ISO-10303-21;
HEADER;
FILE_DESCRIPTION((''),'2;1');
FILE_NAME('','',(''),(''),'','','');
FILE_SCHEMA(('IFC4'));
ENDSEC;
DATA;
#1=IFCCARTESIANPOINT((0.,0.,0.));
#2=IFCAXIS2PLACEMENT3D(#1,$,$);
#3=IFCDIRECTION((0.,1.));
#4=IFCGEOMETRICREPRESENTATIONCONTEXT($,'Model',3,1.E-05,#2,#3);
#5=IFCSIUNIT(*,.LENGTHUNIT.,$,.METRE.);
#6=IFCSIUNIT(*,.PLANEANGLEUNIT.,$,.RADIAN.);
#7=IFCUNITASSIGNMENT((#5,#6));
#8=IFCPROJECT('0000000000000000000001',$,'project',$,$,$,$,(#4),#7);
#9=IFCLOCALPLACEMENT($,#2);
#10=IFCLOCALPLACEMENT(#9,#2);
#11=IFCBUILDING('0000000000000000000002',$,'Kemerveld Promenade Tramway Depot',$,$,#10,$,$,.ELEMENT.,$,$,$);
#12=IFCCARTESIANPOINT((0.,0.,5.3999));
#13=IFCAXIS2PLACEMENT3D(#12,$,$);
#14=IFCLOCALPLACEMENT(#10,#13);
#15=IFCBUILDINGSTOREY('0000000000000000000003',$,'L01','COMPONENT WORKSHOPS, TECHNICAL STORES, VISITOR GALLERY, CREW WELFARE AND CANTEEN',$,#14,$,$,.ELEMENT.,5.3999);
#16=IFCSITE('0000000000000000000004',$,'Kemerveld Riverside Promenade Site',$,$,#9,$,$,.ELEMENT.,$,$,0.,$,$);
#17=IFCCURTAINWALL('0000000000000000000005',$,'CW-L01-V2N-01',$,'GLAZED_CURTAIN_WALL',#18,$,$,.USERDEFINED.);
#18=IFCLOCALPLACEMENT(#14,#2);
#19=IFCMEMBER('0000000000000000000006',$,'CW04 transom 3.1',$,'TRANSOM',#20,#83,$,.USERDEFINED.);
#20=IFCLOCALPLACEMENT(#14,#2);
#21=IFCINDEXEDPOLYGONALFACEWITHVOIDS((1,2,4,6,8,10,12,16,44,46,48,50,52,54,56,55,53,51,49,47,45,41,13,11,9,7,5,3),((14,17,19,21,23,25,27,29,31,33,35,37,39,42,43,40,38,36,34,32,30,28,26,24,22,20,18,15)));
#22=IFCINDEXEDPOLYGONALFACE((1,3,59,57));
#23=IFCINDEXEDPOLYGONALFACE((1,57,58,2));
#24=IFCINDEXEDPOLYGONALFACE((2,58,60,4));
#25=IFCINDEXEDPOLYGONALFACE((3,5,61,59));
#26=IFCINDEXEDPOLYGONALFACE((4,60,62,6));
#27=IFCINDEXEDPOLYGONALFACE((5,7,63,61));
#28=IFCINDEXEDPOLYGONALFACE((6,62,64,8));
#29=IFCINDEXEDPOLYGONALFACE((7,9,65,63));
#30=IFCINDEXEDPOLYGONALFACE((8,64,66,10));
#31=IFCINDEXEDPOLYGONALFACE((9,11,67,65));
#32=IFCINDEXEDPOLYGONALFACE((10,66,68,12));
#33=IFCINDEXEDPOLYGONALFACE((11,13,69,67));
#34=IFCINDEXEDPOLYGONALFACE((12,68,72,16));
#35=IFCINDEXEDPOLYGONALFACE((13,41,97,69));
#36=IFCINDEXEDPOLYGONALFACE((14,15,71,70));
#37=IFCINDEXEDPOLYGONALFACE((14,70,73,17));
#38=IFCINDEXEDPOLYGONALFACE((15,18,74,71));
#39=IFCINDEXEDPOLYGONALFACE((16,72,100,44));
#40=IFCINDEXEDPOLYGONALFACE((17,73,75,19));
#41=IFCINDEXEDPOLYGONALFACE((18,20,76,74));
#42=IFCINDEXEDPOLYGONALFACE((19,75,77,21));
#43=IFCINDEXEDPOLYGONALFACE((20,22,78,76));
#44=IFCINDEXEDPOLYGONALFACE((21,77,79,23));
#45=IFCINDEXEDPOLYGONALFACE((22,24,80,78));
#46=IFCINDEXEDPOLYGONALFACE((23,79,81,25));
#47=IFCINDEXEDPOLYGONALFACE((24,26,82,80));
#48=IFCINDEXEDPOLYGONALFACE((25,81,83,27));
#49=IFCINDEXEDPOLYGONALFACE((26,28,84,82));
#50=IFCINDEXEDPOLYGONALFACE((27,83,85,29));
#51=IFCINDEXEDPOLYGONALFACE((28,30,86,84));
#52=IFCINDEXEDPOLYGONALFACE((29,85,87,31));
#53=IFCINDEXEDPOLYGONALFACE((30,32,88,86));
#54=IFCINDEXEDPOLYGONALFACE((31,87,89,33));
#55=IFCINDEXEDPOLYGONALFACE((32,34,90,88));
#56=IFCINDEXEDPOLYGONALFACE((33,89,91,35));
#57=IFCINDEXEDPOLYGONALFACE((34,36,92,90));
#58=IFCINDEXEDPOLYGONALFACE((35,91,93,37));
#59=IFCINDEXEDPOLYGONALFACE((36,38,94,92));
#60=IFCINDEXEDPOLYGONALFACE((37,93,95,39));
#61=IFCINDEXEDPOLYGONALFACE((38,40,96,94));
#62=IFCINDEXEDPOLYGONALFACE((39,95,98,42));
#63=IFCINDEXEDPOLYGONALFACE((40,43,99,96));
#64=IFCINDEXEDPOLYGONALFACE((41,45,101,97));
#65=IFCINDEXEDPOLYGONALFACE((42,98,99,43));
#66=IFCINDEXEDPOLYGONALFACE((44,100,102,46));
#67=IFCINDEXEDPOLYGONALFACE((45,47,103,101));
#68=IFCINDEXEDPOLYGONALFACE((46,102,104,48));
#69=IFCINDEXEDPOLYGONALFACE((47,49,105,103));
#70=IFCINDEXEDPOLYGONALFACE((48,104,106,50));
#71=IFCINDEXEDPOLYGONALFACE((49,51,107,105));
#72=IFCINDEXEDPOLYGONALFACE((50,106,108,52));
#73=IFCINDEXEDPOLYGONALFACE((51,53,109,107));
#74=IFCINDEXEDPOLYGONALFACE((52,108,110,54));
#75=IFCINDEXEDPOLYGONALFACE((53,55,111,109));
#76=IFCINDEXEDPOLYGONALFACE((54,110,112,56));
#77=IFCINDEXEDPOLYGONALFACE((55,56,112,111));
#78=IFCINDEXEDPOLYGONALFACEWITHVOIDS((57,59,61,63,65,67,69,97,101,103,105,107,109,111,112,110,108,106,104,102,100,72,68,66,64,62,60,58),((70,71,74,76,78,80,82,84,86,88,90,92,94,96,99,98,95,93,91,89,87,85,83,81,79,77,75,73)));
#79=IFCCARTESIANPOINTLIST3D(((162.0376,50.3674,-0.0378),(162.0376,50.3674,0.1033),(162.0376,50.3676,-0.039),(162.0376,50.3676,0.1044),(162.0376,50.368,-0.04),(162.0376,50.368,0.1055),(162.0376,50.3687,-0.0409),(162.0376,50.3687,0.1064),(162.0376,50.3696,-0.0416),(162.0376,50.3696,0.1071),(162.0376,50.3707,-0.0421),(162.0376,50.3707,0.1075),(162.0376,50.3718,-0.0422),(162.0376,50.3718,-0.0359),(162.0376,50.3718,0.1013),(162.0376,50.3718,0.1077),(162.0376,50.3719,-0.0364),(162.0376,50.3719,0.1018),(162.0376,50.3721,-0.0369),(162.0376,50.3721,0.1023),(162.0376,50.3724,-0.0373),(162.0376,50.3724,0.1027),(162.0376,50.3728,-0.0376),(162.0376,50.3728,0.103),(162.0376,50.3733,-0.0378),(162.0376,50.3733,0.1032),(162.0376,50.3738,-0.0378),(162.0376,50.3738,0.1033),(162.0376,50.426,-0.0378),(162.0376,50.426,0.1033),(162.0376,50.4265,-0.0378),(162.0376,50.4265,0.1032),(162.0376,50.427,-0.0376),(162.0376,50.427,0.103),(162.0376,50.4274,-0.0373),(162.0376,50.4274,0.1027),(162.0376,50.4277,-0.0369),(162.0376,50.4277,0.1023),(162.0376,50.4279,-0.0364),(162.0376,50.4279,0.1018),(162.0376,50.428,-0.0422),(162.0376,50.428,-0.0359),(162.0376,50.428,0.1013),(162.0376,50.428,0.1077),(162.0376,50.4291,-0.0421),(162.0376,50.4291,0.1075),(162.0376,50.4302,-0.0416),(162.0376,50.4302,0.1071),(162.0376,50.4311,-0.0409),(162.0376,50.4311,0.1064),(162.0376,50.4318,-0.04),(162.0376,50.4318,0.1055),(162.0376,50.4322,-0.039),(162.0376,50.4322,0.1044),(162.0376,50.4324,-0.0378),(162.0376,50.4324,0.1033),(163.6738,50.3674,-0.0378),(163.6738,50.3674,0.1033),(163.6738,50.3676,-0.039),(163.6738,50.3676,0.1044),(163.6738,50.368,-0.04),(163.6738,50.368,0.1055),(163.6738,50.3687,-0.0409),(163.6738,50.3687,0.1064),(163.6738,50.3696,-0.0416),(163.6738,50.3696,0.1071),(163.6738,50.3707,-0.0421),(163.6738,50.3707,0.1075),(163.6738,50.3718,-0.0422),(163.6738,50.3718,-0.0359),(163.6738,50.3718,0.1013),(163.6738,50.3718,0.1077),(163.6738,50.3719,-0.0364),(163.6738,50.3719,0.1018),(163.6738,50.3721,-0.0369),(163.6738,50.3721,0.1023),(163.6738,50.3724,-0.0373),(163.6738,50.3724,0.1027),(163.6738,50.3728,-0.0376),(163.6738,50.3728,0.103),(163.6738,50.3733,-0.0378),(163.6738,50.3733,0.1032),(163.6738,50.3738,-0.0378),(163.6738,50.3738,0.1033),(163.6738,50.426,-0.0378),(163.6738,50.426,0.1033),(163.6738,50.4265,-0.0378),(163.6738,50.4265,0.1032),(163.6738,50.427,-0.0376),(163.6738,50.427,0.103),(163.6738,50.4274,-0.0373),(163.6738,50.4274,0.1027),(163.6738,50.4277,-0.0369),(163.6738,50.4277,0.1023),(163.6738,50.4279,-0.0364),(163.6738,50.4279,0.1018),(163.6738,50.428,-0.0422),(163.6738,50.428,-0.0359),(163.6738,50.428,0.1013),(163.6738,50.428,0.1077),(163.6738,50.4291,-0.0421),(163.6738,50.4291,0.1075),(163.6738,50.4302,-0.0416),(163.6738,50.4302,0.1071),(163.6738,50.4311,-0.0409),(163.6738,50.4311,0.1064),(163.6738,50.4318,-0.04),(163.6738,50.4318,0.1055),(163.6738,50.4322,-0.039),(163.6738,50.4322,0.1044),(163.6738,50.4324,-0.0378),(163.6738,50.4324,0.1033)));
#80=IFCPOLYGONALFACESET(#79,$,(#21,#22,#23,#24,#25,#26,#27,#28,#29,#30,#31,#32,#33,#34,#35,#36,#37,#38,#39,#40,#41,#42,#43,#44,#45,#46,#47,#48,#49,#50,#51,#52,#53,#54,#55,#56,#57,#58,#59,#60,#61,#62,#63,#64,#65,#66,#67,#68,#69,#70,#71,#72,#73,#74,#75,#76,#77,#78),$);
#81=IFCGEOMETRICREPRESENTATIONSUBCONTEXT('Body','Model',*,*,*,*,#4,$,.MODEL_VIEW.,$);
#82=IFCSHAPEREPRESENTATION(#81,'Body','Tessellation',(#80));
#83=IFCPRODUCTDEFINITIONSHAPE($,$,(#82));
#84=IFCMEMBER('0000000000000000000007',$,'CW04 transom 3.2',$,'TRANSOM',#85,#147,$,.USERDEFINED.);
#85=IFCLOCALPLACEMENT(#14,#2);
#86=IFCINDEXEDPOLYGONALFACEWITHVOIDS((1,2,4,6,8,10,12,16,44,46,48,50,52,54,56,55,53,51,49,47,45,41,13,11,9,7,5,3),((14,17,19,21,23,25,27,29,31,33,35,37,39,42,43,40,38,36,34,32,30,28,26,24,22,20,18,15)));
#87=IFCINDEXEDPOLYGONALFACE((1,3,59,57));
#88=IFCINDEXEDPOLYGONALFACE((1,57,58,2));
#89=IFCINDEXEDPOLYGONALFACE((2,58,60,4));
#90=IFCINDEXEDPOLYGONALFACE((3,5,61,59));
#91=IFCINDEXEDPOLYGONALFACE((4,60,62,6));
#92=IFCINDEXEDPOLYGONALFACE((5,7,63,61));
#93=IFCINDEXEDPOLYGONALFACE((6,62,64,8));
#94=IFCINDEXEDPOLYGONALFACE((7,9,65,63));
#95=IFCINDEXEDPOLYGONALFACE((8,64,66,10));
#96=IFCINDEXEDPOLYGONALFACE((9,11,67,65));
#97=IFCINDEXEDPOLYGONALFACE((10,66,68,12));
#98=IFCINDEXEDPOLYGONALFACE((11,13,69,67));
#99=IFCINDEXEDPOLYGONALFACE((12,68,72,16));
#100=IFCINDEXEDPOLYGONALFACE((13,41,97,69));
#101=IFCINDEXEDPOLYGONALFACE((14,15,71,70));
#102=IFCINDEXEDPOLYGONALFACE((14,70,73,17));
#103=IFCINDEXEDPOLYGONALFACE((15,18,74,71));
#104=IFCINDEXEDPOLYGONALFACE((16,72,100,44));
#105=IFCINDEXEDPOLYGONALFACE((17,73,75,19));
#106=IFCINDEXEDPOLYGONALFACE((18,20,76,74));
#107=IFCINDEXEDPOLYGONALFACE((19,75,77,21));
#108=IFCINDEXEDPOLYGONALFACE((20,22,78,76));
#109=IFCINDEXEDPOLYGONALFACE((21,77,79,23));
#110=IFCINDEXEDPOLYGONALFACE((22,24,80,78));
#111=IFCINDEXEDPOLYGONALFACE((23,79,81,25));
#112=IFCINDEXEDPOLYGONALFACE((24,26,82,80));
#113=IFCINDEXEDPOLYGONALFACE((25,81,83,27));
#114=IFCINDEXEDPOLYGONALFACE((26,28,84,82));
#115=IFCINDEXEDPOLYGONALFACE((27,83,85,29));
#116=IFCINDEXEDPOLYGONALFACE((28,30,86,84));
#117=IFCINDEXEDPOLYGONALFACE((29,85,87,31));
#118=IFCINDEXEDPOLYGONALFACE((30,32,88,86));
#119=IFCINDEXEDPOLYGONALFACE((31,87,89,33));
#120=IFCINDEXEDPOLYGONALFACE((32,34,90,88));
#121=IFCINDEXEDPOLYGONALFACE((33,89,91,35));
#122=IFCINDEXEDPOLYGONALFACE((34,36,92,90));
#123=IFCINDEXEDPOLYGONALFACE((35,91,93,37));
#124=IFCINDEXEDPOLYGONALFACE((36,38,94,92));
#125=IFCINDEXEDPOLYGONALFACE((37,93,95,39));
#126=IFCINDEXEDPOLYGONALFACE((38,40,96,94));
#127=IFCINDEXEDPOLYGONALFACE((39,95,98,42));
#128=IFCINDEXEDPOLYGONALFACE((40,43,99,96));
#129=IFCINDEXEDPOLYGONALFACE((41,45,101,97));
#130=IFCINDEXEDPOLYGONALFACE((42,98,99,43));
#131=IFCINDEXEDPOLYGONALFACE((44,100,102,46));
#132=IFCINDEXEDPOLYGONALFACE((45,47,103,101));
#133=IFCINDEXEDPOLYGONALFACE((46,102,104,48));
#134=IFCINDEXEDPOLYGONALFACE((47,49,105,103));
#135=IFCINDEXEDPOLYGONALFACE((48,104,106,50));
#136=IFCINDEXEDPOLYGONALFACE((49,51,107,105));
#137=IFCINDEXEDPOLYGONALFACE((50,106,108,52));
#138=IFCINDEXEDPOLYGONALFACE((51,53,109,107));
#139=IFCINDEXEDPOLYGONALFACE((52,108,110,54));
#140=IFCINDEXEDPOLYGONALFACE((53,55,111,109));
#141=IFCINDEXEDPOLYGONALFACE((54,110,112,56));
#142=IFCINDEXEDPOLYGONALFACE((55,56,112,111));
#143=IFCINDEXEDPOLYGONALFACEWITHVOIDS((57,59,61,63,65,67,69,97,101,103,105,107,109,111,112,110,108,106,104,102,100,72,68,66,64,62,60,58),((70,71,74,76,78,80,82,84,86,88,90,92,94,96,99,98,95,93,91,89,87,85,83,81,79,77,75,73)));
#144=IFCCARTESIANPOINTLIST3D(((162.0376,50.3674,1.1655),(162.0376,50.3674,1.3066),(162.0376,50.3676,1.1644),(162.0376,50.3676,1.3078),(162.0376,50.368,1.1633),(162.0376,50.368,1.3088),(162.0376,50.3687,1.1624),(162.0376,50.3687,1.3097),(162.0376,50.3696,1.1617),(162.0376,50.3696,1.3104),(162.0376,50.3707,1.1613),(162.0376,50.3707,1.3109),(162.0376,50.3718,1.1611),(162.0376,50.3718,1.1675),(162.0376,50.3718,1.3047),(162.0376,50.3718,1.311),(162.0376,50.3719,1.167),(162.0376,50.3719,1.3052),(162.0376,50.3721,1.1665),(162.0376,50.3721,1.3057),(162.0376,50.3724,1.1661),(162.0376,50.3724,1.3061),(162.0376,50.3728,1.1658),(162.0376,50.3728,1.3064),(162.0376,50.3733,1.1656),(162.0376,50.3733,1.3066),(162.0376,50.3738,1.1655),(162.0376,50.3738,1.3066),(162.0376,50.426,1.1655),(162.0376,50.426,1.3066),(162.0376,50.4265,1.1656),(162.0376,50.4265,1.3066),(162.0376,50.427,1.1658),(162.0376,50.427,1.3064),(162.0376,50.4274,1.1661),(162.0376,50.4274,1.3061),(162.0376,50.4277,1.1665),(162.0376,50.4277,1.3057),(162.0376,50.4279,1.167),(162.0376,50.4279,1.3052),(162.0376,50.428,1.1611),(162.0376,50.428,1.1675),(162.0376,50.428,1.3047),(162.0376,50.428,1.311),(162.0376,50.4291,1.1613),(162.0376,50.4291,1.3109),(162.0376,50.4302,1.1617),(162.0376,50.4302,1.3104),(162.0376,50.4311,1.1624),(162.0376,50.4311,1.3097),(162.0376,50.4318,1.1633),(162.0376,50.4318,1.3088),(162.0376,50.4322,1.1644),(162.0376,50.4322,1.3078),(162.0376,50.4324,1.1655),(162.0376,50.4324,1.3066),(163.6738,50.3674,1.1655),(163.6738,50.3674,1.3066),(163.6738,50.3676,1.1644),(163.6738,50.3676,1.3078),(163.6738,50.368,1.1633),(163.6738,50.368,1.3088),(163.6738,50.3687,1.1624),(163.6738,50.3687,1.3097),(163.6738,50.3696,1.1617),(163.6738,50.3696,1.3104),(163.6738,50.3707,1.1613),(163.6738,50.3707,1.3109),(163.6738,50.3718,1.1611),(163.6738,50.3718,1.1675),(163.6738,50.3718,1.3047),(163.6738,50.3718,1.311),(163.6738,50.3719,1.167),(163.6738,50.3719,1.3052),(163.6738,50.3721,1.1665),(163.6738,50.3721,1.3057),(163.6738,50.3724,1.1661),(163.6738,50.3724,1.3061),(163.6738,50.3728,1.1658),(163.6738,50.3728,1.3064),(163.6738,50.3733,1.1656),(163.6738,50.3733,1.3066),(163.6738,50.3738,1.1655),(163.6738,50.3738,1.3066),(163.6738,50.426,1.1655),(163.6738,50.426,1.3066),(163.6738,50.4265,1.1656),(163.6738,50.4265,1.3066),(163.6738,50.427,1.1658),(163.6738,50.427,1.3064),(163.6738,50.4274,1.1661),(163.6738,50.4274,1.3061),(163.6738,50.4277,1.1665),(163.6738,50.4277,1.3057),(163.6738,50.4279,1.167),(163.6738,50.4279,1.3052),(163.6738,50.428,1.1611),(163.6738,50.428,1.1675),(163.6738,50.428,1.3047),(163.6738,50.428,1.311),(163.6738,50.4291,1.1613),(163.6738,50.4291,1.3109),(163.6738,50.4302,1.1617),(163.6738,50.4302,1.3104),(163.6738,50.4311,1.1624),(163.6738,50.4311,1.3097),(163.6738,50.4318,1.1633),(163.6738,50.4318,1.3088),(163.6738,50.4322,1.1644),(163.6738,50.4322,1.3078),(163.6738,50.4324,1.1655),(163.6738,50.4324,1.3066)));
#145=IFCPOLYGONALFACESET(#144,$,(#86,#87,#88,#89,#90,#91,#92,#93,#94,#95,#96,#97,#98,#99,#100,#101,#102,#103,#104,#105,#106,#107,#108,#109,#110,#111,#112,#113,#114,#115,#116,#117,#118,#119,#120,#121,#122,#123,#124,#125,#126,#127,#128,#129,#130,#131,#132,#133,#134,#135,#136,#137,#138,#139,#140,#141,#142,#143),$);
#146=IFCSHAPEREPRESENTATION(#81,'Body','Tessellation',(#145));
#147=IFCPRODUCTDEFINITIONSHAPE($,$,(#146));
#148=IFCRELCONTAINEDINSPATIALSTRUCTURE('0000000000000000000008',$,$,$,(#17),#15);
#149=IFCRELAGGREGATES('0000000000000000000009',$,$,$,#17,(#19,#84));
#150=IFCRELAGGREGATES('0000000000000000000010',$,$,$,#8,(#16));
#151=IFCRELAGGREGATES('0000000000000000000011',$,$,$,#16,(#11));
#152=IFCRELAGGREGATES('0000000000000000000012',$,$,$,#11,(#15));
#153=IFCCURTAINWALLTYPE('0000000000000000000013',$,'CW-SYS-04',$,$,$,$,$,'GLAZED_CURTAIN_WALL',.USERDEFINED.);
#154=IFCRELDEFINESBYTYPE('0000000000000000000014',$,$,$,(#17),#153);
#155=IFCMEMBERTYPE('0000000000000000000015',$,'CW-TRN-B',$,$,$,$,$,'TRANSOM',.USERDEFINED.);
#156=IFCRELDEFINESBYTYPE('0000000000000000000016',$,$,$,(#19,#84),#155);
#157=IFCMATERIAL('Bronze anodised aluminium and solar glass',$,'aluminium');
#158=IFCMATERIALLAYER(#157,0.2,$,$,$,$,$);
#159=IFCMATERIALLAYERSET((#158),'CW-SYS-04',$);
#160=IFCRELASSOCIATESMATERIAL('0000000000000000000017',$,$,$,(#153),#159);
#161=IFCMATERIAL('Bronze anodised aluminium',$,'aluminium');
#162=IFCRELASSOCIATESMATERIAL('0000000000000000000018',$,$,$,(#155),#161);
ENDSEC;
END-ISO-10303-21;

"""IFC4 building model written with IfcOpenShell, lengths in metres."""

from ifc_helpers import new_model, si_unit, direction, frame, origin, origin_2d, place, context, subcontext, project, spatial, hollow_rectangle, extrude, material, layer, layer_set, material_profile, profile_set, type_object, element, aggregate, save


model = new_model("IFC4")

# Units and contexts
model_context = context("Model", 3, precision=1e-05, world=origin(), true_north=direction((0.0, 1.0)))
body_context = subcontext(model_context, "Body", "Model", "MODEL_VIEW")
ifc_project = project(units=[si_unit("LENGTHUNIT", "METRE"), si_unit("PLANEANGLEUNIT", "RADIAN")], contexts=[model_context])

# Site, building, storey
site_placement = place(None, origin())
site = spatial("IfcSite", under=ifc_project, at=site_placement, Name="Kemerveld Riverside Promenade Site", CompositionType="ELEMENT", RefElevation=0.0)
building_placement = place(site_placement, origin())
building = spatial("IfcBuilding", under=site, at=building_placement, Name="Kemerveld Promenade Tramway Depot", CompositionType="ELEMENT")
storey_placement = place(building_placement, frame((0.0, 0.0, 5.3999)))
storey = spatial("IfcBuildingStorey", under=building, at=storey_placement, Name="L01", Description="COMPONENT WORKSHOPS, TECHNICAL STORES, VISITOR GALLERY, CREW WELFARE AND CANTEEN", CompositionType="ELEMENT", Elevation=5.3999)

# Curtain wall
ifc_material_1 = material(Name="Bronze anodised aluminium and solar glass", Category="aluminium")
ifc_layer_1 = layer(ifc_material_1, 0.2)
ifc_layer_set_1 = layer_set([ifc_layer_1], Name="CW-SYS-04")
curtain_wall_type_1 = type_object("IfcCurtainWallType", Name="CW-SYS-04", ElementType="GLAZED_CURTAIN_WALL", PredefinedType="USERDEFINED", material=ifc_layer_set_1)
curtain_wall_1_placement = place(storey_placement, origin())
curtain_wall_1 = element("IfcCurtainWall", 1, at=curtain_wall_1_placement, inside=storey, type_object=curtain_wall_type_1, Name="CW-L01-V2N-01", ObjectType="GLAZED_CURTAIN_WALL", PredefinedType="USERDEFINED")
ifc_material_2 = material(Name="Bronze anodised aluminium", Category="aluminium")

# Members
ifc_material_profile_1 = material_profile(ifc_material_2, hollow_rectangle(XDim=0.0649, YDim=0.1499, WallThickness=0.0044, InnerFilletRadius=0.002, OuterFilletRadius=0.0044, at=origin_2d()), Name="CW-TRN-150x65")
ifc_profile_set_1 = profile_set([ifc_material_profile_1], Name="Bronze anodised aluminium")
member_type_1 = type_object("IfcMemberType", Name="CW-TRN-B", ElementType="TRANSOM", PredefinedType="USERDEFINED", material=ifc_profile_set_1)
member_1_placement = place(storey_placement, frame((162.0376, 50.3999, 0.0327), z_axis=(1.0, 0.0, 0.0), x_axis=(0.0, 1.0, 0.0)))
member_1 = element("IfcMember", 2, at=member_1_placement, type_object=member_type_1, Name="CW04 transom 3.1", ObjectType="TRANSOM", PredefinedType="USERDEFINED", context=body_context, shape_type="SweptSolid", body=[
    extrude(hollow_rectangle(XDim=0.0649, YDim=0.1499, WallThickness=0.0044, InnerFilletRadius=0.002, OuterFilletRadius=0.0044, at=origin_2d()), origin(), (0.0, 0.0, 1.0), 1.6362),
])
member_2_placement = place(storey_placement, frame((162.0376, 50.3999, 1.2361), z_axis=(1.0, 0.0, 0.0), x_axis=(0.0, 1.0, 0.0)))
member_2 = element("IfcMember", 3, at=member_2_placement, type_object=member_type_1, Name="CW04 transom 3.2", ObjectType="TRANSOM", PredefinedType="USERDEFINED", context=body_context, shape_type="SweptSolid", body=[
    extrude(hollow_rectangle(XDim=0.0649, YDim=0.1499, WallThickness=0.0044, InnerFilletRadius=0.002, OuterFilletRadius=0.0044, at=origin_2d()), origin(), (0.0, 0.0, 1.0), 1.6362),
])

aggregate(curtain_wall_1, [member_1, member_2])

save(model, "model.ifc")
